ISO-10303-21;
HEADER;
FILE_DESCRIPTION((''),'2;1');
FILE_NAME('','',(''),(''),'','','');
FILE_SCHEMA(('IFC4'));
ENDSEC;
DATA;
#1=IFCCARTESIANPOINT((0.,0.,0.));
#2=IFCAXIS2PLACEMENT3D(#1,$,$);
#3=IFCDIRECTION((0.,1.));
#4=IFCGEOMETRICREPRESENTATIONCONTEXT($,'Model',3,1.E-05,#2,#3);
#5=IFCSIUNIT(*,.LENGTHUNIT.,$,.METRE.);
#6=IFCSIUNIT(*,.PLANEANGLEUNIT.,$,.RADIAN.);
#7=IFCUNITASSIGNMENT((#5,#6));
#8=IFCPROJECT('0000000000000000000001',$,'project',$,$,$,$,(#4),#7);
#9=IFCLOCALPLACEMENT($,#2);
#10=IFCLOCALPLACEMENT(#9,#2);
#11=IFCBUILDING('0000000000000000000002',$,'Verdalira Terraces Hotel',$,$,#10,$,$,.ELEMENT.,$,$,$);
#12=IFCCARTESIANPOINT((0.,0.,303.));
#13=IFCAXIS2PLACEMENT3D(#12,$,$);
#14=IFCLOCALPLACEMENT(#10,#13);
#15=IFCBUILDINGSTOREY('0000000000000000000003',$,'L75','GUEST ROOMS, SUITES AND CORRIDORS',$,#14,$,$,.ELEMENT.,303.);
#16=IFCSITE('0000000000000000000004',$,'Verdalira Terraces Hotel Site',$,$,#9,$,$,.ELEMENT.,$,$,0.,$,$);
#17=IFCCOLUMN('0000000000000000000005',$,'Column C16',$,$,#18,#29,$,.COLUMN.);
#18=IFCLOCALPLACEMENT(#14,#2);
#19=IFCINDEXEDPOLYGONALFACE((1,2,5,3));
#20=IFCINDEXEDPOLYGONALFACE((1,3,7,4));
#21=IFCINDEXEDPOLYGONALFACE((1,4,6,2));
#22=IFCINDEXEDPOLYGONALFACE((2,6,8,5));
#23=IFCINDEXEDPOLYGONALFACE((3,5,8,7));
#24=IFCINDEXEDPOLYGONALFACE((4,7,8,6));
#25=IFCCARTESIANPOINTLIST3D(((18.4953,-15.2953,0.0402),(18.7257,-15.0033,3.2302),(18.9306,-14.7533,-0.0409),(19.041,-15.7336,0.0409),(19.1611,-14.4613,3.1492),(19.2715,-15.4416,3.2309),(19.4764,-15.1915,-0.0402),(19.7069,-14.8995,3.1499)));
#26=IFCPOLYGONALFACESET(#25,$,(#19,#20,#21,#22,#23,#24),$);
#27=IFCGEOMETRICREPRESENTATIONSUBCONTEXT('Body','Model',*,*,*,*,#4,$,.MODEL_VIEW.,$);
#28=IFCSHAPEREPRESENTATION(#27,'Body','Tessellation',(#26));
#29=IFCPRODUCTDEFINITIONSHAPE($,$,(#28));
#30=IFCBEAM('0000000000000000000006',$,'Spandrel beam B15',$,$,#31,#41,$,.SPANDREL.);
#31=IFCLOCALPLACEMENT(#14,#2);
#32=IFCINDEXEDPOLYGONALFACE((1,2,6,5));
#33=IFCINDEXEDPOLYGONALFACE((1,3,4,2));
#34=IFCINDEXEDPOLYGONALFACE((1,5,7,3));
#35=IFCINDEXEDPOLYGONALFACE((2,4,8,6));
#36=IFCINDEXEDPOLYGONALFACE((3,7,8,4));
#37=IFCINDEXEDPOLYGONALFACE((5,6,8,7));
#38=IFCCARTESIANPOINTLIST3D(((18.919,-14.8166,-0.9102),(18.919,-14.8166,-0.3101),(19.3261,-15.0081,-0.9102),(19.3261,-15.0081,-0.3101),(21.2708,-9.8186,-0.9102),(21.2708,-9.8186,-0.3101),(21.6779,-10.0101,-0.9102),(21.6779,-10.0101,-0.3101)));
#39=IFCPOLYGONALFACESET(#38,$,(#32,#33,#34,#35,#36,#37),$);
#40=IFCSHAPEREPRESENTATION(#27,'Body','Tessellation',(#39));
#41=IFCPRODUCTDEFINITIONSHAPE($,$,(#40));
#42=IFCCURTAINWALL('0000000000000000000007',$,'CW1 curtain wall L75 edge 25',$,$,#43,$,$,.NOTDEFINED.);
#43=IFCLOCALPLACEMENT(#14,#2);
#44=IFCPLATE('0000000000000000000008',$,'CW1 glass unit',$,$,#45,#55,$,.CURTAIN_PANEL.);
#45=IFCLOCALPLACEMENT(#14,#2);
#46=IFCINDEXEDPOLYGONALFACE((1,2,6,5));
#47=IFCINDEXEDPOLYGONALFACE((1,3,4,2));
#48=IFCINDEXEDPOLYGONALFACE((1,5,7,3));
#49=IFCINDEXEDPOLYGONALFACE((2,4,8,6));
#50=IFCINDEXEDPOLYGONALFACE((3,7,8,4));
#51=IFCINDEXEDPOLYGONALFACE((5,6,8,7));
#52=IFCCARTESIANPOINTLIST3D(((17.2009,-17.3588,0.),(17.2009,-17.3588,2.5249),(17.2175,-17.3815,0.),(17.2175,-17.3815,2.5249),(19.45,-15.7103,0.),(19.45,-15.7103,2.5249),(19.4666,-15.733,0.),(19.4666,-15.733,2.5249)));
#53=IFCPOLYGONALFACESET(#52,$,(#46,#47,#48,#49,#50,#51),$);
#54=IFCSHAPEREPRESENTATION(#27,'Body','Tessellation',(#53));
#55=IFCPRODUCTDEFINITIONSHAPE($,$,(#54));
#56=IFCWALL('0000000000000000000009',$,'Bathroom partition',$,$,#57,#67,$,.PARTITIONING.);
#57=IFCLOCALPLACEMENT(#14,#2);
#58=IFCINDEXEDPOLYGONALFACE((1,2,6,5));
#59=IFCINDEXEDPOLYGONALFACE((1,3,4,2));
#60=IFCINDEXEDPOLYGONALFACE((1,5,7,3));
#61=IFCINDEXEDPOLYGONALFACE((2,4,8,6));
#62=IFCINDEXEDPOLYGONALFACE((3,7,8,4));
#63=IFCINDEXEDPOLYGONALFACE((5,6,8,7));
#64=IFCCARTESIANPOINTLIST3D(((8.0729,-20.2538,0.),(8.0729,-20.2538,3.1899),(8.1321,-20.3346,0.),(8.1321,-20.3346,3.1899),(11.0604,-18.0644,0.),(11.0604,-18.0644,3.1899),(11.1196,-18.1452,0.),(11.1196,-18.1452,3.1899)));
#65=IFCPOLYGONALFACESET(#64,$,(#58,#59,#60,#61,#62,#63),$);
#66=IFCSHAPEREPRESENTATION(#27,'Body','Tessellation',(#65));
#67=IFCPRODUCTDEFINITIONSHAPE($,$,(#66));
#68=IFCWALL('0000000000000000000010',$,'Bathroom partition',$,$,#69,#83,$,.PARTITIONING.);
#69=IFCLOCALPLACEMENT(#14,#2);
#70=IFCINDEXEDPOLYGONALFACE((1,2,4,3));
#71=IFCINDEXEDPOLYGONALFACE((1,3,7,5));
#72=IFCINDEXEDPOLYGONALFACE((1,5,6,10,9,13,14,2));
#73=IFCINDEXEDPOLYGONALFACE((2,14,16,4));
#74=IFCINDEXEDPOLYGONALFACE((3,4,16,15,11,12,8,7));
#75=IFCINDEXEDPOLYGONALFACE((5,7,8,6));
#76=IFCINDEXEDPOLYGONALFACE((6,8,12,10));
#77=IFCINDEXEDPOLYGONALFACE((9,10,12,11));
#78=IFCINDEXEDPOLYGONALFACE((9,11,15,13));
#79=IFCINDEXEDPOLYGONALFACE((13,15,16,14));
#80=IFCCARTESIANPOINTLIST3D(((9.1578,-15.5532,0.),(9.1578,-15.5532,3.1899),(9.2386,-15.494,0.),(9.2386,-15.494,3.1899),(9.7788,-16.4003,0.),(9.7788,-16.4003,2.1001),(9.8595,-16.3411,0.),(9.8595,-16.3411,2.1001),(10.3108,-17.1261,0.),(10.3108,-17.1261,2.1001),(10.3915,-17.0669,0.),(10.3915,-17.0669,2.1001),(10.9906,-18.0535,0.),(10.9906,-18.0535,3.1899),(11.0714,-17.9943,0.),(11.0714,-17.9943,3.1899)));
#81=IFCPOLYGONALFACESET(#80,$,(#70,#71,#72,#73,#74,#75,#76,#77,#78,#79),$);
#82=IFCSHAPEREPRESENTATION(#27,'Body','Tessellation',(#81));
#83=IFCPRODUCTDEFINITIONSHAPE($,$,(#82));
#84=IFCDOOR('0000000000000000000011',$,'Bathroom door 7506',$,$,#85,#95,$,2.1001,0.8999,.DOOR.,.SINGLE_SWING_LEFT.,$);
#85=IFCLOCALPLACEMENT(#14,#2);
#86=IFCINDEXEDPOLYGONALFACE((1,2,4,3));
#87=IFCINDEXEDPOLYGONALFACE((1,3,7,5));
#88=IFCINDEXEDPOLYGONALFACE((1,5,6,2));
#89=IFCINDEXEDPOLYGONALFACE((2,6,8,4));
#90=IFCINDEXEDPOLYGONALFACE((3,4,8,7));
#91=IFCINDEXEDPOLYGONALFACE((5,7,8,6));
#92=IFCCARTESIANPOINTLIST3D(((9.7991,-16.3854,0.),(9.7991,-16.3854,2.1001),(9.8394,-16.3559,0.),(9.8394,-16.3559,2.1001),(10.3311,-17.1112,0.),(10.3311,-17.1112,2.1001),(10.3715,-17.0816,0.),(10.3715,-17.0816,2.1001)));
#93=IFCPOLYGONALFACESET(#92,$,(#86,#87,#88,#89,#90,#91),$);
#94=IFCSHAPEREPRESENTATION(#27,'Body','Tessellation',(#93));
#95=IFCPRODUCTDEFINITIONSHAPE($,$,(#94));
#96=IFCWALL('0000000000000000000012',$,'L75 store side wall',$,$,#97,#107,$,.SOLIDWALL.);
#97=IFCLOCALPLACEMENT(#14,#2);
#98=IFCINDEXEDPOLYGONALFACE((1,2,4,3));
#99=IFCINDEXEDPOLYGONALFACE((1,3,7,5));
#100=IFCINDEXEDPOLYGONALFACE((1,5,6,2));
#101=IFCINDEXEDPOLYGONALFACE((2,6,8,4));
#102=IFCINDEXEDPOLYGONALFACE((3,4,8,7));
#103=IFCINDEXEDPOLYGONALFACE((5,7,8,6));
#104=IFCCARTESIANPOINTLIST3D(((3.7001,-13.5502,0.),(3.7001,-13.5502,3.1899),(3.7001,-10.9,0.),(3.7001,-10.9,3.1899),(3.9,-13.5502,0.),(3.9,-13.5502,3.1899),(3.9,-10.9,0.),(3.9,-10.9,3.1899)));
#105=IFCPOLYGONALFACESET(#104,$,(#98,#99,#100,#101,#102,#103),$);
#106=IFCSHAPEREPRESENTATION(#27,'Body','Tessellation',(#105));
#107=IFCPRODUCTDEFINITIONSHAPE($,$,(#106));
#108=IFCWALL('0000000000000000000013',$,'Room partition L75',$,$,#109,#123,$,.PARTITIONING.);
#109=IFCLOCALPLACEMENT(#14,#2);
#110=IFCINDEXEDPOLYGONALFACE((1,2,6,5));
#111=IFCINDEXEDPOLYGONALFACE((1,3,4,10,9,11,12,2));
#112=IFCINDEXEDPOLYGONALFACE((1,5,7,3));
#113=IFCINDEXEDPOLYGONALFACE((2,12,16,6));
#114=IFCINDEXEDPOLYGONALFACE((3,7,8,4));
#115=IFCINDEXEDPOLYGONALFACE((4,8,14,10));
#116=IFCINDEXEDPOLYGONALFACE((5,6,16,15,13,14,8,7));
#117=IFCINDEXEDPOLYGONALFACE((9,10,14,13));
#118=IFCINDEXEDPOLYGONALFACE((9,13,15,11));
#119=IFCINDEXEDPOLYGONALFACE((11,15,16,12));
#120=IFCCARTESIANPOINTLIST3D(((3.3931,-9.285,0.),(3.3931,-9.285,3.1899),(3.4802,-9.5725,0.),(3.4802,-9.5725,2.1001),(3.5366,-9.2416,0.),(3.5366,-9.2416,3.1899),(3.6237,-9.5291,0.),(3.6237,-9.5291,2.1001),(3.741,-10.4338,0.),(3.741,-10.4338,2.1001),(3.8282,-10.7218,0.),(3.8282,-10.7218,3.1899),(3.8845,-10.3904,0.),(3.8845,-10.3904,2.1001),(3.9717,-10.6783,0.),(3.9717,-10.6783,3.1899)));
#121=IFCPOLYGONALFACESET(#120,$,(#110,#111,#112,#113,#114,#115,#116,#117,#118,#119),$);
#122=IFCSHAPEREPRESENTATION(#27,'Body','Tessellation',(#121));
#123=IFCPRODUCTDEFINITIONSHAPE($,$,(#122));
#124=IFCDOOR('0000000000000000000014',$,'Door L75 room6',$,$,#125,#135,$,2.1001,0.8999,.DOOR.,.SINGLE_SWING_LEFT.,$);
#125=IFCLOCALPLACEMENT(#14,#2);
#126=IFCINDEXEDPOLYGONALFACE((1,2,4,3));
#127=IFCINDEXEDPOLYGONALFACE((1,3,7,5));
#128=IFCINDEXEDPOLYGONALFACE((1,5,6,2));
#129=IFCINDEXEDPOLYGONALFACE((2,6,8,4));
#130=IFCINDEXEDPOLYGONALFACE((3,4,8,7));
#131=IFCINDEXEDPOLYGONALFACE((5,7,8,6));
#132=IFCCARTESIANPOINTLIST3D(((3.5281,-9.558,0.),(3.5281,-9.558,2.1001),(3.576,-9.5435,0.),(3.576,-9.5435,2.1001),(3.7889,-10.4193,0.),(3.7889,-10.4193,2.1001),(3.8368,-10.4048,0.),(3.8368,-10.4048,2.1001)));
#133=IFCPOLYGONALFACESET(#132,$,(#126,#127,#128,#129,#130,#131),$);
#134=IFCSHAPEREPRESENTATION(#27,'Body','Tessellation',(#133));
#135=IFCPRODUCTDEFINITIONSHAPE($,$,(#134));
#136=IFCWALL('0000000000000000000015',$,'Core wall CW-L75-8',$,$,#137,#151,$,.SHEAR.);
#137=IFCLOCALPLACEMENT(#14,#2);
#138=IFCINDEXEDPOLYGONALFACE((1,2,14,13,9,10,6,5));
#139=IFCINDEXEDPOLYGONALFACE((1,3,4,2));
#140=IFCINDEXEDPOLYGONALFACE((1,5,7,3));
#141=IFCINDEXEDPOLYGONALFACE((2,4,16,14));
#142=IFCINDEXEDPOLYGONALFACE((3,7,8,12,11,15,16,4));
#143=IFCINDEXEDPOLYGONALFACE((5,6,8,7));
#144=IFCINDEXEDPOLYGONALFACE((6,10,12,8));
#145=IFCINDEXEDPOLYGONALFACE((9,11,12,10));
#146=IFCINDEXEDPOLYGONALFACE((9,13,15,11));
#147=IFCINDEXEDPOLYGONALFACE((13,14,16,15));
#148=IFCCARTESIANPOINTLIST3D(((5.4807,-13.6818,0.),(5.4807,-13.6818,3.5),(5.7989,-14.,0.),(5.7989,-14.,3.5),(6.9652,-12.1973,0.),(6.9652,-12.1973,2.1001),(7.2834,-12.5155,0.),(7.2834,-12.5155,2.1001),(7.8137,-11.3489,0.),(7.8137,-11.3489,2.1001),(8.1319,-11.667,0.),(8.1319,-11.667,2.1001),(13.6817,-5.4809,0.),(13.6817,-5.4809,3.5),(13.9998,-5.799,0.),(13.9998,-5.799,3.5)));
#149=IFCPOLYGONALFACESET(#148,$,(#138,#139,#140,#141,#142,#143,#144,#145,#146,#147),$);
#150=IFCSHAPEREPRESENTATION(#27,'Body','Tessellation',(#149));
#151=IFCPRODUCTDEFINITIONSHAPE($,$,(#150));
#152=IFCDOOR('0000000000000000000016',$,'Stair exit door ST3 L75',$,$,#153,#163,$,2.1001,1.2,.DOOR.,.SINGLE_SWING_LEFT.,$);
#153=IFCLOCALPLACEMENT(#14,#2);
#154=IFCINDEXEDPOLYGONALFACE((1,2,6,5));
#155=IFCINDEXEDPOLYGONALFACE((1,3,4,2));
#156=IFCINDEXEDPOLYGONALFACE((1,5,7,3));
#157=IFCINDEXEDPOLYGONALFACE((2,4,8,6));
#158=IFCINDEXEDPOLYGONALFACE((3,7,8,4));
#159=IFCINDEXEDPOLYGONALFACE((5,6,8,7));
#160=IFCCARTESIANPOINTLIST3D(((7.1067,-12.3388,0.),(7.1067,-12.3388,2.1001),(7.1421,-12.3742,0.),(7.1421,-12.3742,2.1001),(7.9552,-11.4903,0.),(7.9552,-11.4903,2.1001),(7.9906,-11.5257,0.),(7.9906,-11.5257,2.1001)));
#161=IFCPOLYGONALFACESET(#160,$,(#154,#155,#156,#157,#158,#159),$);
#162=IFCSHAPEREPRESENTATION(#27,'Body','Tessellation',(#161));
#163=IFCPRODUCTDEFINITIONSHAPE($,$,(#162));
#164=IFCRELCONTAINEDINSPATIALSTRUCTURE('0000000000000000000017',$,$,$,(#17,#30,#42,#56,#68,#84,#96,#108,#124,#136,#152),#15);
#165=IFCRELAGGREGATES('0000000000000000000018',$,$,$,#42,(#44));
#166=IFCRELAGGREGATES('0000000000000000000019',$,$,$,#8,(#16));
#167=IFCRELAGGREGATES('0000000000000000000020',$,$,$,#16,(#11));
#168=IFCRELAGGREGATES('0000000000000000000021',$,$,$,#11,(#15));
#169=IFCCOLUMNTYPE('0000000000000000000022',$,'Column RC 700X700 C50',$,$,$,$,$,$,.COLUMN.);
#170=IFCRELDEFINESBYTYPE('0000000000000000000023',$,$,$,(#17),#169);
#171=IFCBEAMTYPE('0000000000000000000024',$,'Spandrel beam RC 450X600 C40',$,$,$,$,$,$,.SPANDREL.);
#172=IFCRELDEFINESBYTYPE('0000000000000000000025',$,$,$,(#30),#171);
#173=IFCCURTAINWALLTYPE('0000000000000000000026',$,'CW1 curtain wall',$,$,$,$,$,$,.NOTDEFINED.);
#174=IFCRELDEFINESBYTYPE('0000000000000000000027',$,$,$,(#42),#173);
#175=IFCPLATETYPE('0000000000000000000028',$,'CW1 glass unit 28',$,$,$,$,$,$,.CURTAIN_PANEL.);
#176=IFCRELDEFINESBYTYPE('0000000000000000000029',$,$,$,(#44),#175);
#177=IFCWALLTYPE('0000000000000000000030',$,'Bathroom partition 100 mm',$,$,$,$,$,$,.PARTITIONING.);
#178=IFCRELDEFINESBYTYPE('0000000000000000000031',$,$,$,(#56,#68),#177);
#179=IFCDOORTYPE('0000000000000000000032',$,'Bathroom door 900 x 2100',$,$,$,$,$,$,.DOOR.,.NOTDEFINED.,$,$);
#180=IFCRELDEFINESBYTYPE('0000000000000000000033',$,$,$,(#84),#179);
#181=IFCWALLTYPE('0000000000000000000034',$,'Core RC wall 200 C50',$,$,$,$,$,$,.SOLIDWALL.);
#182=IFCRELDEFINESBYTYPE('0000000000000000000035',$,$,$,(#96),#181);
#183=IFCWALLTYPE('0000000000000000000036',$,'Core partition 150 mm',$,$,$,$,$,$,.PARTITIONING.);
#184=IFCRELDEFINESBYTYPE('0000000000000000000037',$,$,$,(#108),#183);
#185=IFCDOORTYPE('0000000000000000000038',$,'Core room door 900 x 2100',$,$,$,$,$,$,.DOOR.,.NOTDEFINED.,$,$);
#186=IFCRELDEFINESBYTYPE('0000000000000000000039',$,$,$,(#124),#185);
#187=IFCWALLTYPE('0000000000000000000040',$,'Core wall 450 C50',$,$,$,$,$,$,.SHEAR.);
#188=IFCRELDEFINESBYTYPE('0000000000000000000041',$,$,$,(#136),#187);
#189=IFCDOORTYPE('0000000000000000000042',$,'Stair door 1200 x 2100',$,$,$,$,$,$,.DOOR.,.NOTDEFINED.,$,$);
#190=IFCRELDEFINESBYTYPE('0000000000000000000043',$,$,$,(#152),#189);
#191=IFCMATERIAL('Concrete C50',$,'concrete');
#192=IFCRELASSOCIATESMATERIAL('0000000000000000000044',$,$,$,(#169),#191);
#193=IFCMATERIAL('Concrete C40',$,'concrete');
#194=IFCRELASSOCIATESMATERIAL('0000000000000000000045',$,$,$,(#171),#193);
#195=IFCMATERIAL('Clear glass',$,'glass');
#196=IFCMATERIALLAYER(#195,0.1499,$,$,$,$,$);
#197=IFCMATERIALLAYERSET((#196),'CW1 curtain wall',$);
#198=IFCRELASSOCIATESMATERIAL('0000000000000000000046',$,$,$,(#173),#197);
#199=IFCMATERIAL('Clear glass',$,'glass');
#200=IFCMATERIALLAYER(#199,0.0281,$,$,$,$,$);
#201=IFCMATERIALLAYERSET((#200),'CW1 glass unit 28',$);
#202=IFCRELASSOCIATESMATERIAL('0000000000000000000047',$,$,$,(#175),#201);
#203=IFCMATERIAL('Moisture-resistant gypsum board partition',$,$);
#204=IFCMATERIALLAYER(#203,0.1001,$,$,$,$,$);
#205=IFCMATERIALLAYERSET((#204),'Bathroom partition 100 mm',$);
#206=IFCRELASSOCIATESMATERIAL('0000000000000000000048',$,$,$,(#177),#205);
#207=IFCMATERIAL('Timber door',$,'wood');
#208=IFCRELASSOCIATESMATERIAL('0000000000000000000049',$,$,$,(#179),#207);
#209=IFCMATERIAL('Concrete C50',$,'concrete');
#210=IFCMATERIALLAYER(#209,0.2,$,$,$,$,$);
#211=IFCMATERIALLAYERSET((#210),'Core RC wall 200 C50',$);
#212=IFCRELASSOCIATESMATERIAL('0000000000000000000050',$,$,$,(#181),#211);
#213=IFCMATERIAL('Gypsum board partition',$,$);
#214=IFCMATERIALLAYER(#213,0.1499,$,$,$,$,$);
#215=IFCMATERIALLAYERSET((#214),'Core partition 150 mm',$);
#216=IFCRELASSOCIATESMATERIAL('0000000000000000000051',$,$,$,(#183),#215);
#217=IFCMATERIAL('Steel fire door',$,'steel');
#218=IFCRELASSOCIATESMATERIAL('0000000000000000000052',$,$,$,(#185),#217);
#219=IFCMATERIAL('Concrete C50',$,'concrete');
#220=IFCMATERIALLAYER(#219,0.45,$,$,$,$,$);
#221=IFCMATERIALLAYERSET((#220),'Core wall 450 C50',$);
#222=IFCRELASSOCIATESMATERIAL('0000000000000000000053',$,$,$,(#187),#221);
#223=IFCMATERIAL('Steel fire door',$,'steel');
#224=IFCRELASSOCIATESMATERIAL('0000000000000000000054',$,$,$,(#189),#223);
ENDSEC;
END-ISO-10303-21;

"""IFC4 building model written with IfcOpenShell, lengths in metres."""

from ifc_helpers import new_model, si_unit, direction, frame, frame_2d, origin, origin_2d, place, context, subcontext, project, spatial, rectangle, extrude, material, layer, layer_set, material_profile, profile_set, type_object, element, fill, aggregate, save


model = new_model("IFC4")

# Units and contexts
model_context = context("Model", 3, precision=1e-05, world=origin(), true_north=direction((0.0, 1.0)))
body_context = subcontext(model_context, "Body", "Model", "MODEL_VIEW")
ifc_project = project(units=[si_unit("LENGTHUNIT", "METRE"), si_unit("PLANEANGLEUNIT", "RADIAN")], contexts=[model_context])

# Site, building, storey
site_placement = place(None, origin())
site = spatial("IfcSite", under=ifc_project, at=site_placement, Name="Verdalira Terraces Hotel Site", CompositionType="ELEMENT", RefElevation=0.0)
building_placement = place(site_placement, origin())
building = spatial("IfcBuilding", under=site, at=building_placement, Name="Verdalira Terraces Hotel", CompositionType="ELEMENT")
storey_placement = place(building_placement, frame((0.0, 0.0, 303.0)))
storey = spatial("IfcBuildingStorey", under=building, at=storey_placement, Name="L75", Description="GUEST ROOMS, SUITES AND CORRIDORS", CompositionType="ELEMENT", Elevation=303.0)

# Column
ifc_material_1 = material(Name="Concrete C50", Category="concrete")
ifc_material_profile_1 = material_profile(ifc_material_1, rectangle(XDim=0.7, YDim=0.7, at=origin_2d()), Name="RC 700X700")
ifc_profile_set_1 = profile_set([ifc_material_profile_1], Name="Concrete C50")
column_type = type_object("IfcColumnType", Name="Column RC 700X700 C50", PredefinedType="COLUMN", material=ifc_profile_set_1)
column_placement = place(storey_placement, frame((18.9858, -15.2434, 0.0), z_axis=(0.071762, 0.090919, 0.993269), x_axis=(-0.621987, -0.774414, 0.115824)))
element("IfcColumn", 1, at=column_placement, inside=storey, type_object=column_type, Name="Column C16", PredefinedType="COLUMN", context=body_context, shape_type="SweptSolid", body=[
    extrude(rectangle(XDim=0.7, YDim=0.7, at=origin_2d()), origin(), (0.0, 0.0, 1.0), 3.2117),
])

# Beam
ifc_material_2 = material(Name="Concrete C40", Category="concrete")
ifc_material_profile_2 = material_profile(ifc_material_2, rectangle(XDim=0.45, YDim=0.6001, at=origin_2d()), Name="RC 450X600")
ifc_profile_set_2 = profile_set([ifc_material_profile_2], Name="Concrete C40")
beam_type = type_object("IfcBeamType", Name="Spandrel beam RC 450X600 C40", PredefinedType="SPANDREL", material=ifc_profile_set_2)
beam_placement = place(storey_placement, frame((19.1226, -14.9124, -0.6101), z_axis=(0.425765, 0.904834, 0.0), x_axis=(-0.904834, 0.425765, 0.0)))
element("IfcBeam", 2, at=beam_placement, inside=storey, type_object=beam_type, Name="Spandrel beam B15", PredefinedType="SPANDREL", context=body_context, shape_type="SweptSolid", body=[
    extrude(rectangle(XDim=0.45, YDim=0.6001, at=origin_2d()), origin(), (0.0, 0.0, 1.0), 5.5237),
])

# Curtain wall, plate
ifc_material_3 = material(Name="Clear glass", Category="glass")
ifc_layer_1 = layer(ifc_material_3, 0.1499)
ifc_layer_set_1 = layer_set([ifc_layer_1], Name="CW1 curtain wall")
curtain_wall_type = type_object("IfcCurtainWallType", Name="CW1 curtain wall", PredefinedType="NOTDEFINED", material=ifc_layer_set_1)
curtain_wall_placement = place(storey_placement, origin())
curtain_wall = element("IfcCurtainWall", 3, at=curtain_wall_placement, inside=storey, type_object=curtain_wall_type, Name="CW1 curtain wall L75 edge 25", PredefinedType="NOTDEFINED")
ifc_material_4 = material(Name="Clear glass", Category="glass")
ifc_layer_2 = layer(ifc_material_4, 0.0281)
ifc_layer_set_2 = layer_set([ifc_layer_2], Name="CW1 glass unit 28")
plate_type = type_object("IfcPlateType", Name="CW1 glass unit 28", PredefinedType="CURTAIN_PANEL", material=ifc_layer_set_2)
plate_placement = place(storey_placement, frame((18.3337, -16.5459, 0.0), z_axis=(0.0, 0.0, 1.0), x_axis=(0.806548, 0.591169, 0.0)))
plate = element("IfcPlate", 4, at=plate_placement, type_object=plate_type, Name="CW1 glass unit", PredefinedType="CURTAIN_PANEL", context=body_context, shape_type="SweptSolid", body=[
    extrude(rectangle(XDim=2.7886, YDim=0.0281, at=origin_2d()), origin(), (0.0, 0.0, 1.0), 2.5249),
])
aggregate(curtain_wall, [plate])

# Wall
ifc_material_5 = material(Name="Moisture-resistant gypsum board partition")
ifc_layer_3 = layer(ifc_material_5, 0.1001)
ifc_layer_set_3 = layer_set([ifc_layer_3], Name="Bathroom partition 100 mm")
wall_type_1 = type_object("IfcWallType", Name="Bathroom partition 100 mm", PredefinedType="PARTITIONING", material=ifc_layer_set_3)
wall_1_placement = place(storey_placement, frame((11.0901, -18.1047, 0.0), z_axis=(0.0, 0.0, 1.0), x_axis=(-0.806587, -0.591115, 0.0)))
element("IfcWall", 5, at=wall_1_placement, inside=storey, type_object=wall_type_1, Name="Bathroom partition", PredefinedType="PARTITIONING", context=body_context, shape_type="SweptSolid", body=[
    extrude(rectangle(XDim=3.7039, YDim=0.1001, at=frame_2d((1.8521, 0.0))), origin(), (0.0, 0.0, 1.0), 3.1899),
])

# Wall, opening, door
wall_2_placement = place(storey_placement, frame((11.031, -18.0239, 0.0), z_axis=(0.0, 0.0, 1.0), x_axis=(-0.591207, 0.80652, 0.0)))
wall_2 = element("IfcWall", 6, at=wall_2_placement, inside=storey, type_object=wall_type_1, Name="Bathroom partition", PredefinedType="PARTITIONING", context=body_context, shape_type="SweptSolid", body=[
    extrude(rectangle(XDim=3.1001, YDim=0.1001, at=frame_2d((1.55, 0.0))), origin(), (0.0, 0.0, 1.0), 3.1899),
])
opening_1_placement = place(wall_2_placement, frame((1.1499, 0.0, 0.0)))
opening_1 = element("IfcOpeningElement", 7, at=opening_1_placement, cuts=wall_2, PredefinedType="OPENING", context=body_context, shape_type="SweptSolid", body=[
    extrude(rectangle(XDim=0.8999, YDim=2.1001, at=frame_2d((0.45, 1.05))), frame((0.0, 0.0601, 0.0), z_axis=(0.0, -1.0, 0.0), x_axis=(1.0, 0.0, 0.0)), (0.0, 0.0, 1.0), 0.1201),
])
ifc_material_6 = material(Name="Timber door", Category="wood")
door_type_1 = type_object("IfcDoorType", Name="Bathroom door 900 x 2100", OperationType="NOTDEFINED", PredefinedType="DOOR", material=ifc_material_6)
door_1_placement = place(opening_1_placement, origin())
door_1 = element("IfcDoor", 8, at=door_1_placement, inside=storey, type_object=door_type_1, Name="Bathroom door 7506", OperationType="SINGLE_SWING_LEFT", OverallHeight=2.1001, OverallWidth=0.8999, PredefinedType="DOOR", context=body_context, shape_type="SweptSolid", body=[
    extrude(rectangle(XDim=0.8999, YDim=2.1001, at=frame_2d((0.45, 1.05))), frame((0.0, 0.0249, 0.0), z_axis=(0.0, -1.0, 0.0), x_axis=(1.0, 0.0, 0.0)), (0.0, 0.0, 1.0), 0.05),
])
fill(opening_1, door_1)

# Wall
ifc_material_7 = material(Name="Concrete C50", Category="concrete")
ifc_layer_4 = layer(ifc_material_7, 0.2)
ifc_layer_set_4 = layer_set([ifc_layer_4], Name="Core RC wall 200 C50")
wall_type_2 = type_object("IfcWallType", Name="Core RC wall 200 C50", PredefinedType="SOLIDWALL", material=ifc_layer_set_4)
wall_3_placement = place(storey_placement, frame((3.8, -10.8999, 0.0), z_axis=(0.0, 0.0, 1.0), x_axis=(0.0, -1.0, 0.0)))
element("IfcWall", 9, at=wall_3_placement, inside=storey, type_object=wall_type_2, Name="L75 store side wall", PredefinedType="SOLIDWALL", context=body_context, shape_type="SweptSolid", body=[
    extrude(rectangle(XDim=2.6501, YDim=0.2, at=frame_2d((1.3252, 0.0))), origin(), (0.0, 0.0, 1.0), 3.1899),
])

# Walls, openings, doors
ifc_material_8 = material(Name="Gypsum board partition")
ifc_layer_5 = layer(ifc_material_8, 0.1499)
ifc_layer_set_5 = layer_set([ifc_layer_5], Name="Core partition 150 mm")
wall_type_3 = type_object("IfcWallType", Name="Core partition 150 mm", PredefinedType="PARTITIONING", material=ifc_layer_set_5)
wall_4_placement = place(storey_placement, frame((3.8999, -10.7, 0.0), z_axis=(0.0, 0.0, 1.0), x_axis=(-0.289809, 0.957085, 0.0)))
wall_4 = element("IfcWall", 10, at=wall_4_placement, inside=storey, type_object=wall_type_3, Name="Room partition L75", PredefinedType="PARTITIONING", context=body_context, shape_type="SweptSolid", body=[
    extrude(rectangle(XDim=1.5012, YDim=0.1499, at=frame_2d((0.7505, 0.0))), origin(), (0.0, 0.0, 1.0), 3.1899),
])
opening_2_placement = place(wall_4_placement, frame((0.3008, 0.0, 0.0)))
opening_2 = element("IfcOpeningElement", 11, at=opening_2_placement, cuts=wall_4, PredefinedType="OPENING", context=body_context, shape_type="SweptSolid", body=[
    extrude(rectangle(XDim=0.8999, YDim=2.1001, at=frame_2d((0.45, 1.05))), frame((0.0, 0.085, 0.0), z_axis=(0.0, -1.0, 0.0), x_axis=(1.0, 0.0, 0.0)), (0.0, 0.0, 1.0), 0.1699),
])
ifc_material_9 = material(Name="Steel fire door", Category="steel")
door_type_2 = type_object("IfcDoorType", Name="Core room door 900 x 2100", OperationType="NOTDEFINED", PredefinedType="DOOR", material=ifc_material_9)
door_2_placement = place(opening_2_placement, origin())
door_2 = element("IfcDoor", 12, at=door_2_placement, inside=storey, type_object=door_type_2, Name="Door L75 room6", OperationType="SINGLE_SWING_LEFT", OverallHeight=2.1001, OverallWidth=0.8999, PredefinedType="DOOR", context=body_context, shape_type="SweptSolid", body=[
    extrude(rectangle(XDim=0.8999, YDim=2.1001, at=frame_2d((0.45, 1.05))), frame((0.0, 0.0249, 0.0), z_axis=(0.0, -1.0, 0.0), x_axis=(1.0, 0.0, 0.0)), (0.0, 0.0, 1.0), 0.05),
])
fill(opening_2, door_2)
ifc_material_10 = material(Name="Concrete C50", Category="concrete")
ifc_layer_6 = layer(ifc_material_10, 0.45)
ifc_layer_set_6 = layer_set([ifc_layer_6], Name="Core wall 450 C50")
wall_type_4 = type_object("IfcWallType", Name="Core wall 450 C50", PredefinedType="SHEAR", material=ifc_layer_set_6)
wall_5_placement = place(storey_placement, frame((5.6399, -13.8408, 0.0), z_axis=(0.0, 0.0, 1.0), x_axis=(0.707107, 0.707107, 0.0)))
wall_5 = element("IfcWall", 13, at=wall_5_placement, inside=storey, type_object=wall_type_4, Name="Core wall CW-L75-8", PredefinedType="SHEAR", context=body_context, shape_type="SweptSolid", body=[
    extrude(rectangle(XDim=11.5979, YDim=0.45, at=frame_2d((5.7988, 0.0))), origin(), (0.0, 0.0, 1.0), 3.5),
])
opening_3_placement = place(wall_5_placement, frame((2.0991, 0.0, 0.0)))
opening_3 = element("IfcOpeningElement", 14, at=opening_3_placement, cuts=wall_5, PredefinedType="OPENING", context=body_context, shape_type="SweptSolid", body=[
    extrude(rectangle(XDim=1.2, YDim=2.1001, at=frame_2d((0.6001, 1.05))), frame((0.0, 0.2349, 0.0), z_axis=(0.0, -1.0, 0.0), x_axis=(1.0, 0.0, 0.0)), (0.0, 0.0, 1.0), 0.47),
])
ifc_material_11 = material(Name="Steel fire door", Category="steel")
door_type_3 = type_object("IfcDoorType", Name="Stair door 1200 x 2100", OperationType="NOTDEFINED", PredefinedType="DOOR", material=ifc_material_11)
door_3_placement = place(opening_3_placement, origin())
door_3 = element("IfcDoor", 15, at=door_3_placement, inside=storey, type_object=door_type_3, Name="Stair exit door ST3 L75", OperationType="SINGLE_SWING_LEFT", OverallHeight=2.1001, OverallWidth=1.2, PredefinedType="DOOR", context=body_context, shape_type="SweptSolid", body=[
    extrude(rectangle(XDim=1.2, YDim=2.1001, at=frame_2d((0.6001, 1.05))), frame((0.0, 0.0249, 0.0), z_axis=(0.0, -1.0, 0.0), x_axis=(1.0, 0.0, 0.0)), (0.0, 0.0, 1.0), 0.05),
])
fill(opening_3, door_3)

save(model, "model.ifc")
